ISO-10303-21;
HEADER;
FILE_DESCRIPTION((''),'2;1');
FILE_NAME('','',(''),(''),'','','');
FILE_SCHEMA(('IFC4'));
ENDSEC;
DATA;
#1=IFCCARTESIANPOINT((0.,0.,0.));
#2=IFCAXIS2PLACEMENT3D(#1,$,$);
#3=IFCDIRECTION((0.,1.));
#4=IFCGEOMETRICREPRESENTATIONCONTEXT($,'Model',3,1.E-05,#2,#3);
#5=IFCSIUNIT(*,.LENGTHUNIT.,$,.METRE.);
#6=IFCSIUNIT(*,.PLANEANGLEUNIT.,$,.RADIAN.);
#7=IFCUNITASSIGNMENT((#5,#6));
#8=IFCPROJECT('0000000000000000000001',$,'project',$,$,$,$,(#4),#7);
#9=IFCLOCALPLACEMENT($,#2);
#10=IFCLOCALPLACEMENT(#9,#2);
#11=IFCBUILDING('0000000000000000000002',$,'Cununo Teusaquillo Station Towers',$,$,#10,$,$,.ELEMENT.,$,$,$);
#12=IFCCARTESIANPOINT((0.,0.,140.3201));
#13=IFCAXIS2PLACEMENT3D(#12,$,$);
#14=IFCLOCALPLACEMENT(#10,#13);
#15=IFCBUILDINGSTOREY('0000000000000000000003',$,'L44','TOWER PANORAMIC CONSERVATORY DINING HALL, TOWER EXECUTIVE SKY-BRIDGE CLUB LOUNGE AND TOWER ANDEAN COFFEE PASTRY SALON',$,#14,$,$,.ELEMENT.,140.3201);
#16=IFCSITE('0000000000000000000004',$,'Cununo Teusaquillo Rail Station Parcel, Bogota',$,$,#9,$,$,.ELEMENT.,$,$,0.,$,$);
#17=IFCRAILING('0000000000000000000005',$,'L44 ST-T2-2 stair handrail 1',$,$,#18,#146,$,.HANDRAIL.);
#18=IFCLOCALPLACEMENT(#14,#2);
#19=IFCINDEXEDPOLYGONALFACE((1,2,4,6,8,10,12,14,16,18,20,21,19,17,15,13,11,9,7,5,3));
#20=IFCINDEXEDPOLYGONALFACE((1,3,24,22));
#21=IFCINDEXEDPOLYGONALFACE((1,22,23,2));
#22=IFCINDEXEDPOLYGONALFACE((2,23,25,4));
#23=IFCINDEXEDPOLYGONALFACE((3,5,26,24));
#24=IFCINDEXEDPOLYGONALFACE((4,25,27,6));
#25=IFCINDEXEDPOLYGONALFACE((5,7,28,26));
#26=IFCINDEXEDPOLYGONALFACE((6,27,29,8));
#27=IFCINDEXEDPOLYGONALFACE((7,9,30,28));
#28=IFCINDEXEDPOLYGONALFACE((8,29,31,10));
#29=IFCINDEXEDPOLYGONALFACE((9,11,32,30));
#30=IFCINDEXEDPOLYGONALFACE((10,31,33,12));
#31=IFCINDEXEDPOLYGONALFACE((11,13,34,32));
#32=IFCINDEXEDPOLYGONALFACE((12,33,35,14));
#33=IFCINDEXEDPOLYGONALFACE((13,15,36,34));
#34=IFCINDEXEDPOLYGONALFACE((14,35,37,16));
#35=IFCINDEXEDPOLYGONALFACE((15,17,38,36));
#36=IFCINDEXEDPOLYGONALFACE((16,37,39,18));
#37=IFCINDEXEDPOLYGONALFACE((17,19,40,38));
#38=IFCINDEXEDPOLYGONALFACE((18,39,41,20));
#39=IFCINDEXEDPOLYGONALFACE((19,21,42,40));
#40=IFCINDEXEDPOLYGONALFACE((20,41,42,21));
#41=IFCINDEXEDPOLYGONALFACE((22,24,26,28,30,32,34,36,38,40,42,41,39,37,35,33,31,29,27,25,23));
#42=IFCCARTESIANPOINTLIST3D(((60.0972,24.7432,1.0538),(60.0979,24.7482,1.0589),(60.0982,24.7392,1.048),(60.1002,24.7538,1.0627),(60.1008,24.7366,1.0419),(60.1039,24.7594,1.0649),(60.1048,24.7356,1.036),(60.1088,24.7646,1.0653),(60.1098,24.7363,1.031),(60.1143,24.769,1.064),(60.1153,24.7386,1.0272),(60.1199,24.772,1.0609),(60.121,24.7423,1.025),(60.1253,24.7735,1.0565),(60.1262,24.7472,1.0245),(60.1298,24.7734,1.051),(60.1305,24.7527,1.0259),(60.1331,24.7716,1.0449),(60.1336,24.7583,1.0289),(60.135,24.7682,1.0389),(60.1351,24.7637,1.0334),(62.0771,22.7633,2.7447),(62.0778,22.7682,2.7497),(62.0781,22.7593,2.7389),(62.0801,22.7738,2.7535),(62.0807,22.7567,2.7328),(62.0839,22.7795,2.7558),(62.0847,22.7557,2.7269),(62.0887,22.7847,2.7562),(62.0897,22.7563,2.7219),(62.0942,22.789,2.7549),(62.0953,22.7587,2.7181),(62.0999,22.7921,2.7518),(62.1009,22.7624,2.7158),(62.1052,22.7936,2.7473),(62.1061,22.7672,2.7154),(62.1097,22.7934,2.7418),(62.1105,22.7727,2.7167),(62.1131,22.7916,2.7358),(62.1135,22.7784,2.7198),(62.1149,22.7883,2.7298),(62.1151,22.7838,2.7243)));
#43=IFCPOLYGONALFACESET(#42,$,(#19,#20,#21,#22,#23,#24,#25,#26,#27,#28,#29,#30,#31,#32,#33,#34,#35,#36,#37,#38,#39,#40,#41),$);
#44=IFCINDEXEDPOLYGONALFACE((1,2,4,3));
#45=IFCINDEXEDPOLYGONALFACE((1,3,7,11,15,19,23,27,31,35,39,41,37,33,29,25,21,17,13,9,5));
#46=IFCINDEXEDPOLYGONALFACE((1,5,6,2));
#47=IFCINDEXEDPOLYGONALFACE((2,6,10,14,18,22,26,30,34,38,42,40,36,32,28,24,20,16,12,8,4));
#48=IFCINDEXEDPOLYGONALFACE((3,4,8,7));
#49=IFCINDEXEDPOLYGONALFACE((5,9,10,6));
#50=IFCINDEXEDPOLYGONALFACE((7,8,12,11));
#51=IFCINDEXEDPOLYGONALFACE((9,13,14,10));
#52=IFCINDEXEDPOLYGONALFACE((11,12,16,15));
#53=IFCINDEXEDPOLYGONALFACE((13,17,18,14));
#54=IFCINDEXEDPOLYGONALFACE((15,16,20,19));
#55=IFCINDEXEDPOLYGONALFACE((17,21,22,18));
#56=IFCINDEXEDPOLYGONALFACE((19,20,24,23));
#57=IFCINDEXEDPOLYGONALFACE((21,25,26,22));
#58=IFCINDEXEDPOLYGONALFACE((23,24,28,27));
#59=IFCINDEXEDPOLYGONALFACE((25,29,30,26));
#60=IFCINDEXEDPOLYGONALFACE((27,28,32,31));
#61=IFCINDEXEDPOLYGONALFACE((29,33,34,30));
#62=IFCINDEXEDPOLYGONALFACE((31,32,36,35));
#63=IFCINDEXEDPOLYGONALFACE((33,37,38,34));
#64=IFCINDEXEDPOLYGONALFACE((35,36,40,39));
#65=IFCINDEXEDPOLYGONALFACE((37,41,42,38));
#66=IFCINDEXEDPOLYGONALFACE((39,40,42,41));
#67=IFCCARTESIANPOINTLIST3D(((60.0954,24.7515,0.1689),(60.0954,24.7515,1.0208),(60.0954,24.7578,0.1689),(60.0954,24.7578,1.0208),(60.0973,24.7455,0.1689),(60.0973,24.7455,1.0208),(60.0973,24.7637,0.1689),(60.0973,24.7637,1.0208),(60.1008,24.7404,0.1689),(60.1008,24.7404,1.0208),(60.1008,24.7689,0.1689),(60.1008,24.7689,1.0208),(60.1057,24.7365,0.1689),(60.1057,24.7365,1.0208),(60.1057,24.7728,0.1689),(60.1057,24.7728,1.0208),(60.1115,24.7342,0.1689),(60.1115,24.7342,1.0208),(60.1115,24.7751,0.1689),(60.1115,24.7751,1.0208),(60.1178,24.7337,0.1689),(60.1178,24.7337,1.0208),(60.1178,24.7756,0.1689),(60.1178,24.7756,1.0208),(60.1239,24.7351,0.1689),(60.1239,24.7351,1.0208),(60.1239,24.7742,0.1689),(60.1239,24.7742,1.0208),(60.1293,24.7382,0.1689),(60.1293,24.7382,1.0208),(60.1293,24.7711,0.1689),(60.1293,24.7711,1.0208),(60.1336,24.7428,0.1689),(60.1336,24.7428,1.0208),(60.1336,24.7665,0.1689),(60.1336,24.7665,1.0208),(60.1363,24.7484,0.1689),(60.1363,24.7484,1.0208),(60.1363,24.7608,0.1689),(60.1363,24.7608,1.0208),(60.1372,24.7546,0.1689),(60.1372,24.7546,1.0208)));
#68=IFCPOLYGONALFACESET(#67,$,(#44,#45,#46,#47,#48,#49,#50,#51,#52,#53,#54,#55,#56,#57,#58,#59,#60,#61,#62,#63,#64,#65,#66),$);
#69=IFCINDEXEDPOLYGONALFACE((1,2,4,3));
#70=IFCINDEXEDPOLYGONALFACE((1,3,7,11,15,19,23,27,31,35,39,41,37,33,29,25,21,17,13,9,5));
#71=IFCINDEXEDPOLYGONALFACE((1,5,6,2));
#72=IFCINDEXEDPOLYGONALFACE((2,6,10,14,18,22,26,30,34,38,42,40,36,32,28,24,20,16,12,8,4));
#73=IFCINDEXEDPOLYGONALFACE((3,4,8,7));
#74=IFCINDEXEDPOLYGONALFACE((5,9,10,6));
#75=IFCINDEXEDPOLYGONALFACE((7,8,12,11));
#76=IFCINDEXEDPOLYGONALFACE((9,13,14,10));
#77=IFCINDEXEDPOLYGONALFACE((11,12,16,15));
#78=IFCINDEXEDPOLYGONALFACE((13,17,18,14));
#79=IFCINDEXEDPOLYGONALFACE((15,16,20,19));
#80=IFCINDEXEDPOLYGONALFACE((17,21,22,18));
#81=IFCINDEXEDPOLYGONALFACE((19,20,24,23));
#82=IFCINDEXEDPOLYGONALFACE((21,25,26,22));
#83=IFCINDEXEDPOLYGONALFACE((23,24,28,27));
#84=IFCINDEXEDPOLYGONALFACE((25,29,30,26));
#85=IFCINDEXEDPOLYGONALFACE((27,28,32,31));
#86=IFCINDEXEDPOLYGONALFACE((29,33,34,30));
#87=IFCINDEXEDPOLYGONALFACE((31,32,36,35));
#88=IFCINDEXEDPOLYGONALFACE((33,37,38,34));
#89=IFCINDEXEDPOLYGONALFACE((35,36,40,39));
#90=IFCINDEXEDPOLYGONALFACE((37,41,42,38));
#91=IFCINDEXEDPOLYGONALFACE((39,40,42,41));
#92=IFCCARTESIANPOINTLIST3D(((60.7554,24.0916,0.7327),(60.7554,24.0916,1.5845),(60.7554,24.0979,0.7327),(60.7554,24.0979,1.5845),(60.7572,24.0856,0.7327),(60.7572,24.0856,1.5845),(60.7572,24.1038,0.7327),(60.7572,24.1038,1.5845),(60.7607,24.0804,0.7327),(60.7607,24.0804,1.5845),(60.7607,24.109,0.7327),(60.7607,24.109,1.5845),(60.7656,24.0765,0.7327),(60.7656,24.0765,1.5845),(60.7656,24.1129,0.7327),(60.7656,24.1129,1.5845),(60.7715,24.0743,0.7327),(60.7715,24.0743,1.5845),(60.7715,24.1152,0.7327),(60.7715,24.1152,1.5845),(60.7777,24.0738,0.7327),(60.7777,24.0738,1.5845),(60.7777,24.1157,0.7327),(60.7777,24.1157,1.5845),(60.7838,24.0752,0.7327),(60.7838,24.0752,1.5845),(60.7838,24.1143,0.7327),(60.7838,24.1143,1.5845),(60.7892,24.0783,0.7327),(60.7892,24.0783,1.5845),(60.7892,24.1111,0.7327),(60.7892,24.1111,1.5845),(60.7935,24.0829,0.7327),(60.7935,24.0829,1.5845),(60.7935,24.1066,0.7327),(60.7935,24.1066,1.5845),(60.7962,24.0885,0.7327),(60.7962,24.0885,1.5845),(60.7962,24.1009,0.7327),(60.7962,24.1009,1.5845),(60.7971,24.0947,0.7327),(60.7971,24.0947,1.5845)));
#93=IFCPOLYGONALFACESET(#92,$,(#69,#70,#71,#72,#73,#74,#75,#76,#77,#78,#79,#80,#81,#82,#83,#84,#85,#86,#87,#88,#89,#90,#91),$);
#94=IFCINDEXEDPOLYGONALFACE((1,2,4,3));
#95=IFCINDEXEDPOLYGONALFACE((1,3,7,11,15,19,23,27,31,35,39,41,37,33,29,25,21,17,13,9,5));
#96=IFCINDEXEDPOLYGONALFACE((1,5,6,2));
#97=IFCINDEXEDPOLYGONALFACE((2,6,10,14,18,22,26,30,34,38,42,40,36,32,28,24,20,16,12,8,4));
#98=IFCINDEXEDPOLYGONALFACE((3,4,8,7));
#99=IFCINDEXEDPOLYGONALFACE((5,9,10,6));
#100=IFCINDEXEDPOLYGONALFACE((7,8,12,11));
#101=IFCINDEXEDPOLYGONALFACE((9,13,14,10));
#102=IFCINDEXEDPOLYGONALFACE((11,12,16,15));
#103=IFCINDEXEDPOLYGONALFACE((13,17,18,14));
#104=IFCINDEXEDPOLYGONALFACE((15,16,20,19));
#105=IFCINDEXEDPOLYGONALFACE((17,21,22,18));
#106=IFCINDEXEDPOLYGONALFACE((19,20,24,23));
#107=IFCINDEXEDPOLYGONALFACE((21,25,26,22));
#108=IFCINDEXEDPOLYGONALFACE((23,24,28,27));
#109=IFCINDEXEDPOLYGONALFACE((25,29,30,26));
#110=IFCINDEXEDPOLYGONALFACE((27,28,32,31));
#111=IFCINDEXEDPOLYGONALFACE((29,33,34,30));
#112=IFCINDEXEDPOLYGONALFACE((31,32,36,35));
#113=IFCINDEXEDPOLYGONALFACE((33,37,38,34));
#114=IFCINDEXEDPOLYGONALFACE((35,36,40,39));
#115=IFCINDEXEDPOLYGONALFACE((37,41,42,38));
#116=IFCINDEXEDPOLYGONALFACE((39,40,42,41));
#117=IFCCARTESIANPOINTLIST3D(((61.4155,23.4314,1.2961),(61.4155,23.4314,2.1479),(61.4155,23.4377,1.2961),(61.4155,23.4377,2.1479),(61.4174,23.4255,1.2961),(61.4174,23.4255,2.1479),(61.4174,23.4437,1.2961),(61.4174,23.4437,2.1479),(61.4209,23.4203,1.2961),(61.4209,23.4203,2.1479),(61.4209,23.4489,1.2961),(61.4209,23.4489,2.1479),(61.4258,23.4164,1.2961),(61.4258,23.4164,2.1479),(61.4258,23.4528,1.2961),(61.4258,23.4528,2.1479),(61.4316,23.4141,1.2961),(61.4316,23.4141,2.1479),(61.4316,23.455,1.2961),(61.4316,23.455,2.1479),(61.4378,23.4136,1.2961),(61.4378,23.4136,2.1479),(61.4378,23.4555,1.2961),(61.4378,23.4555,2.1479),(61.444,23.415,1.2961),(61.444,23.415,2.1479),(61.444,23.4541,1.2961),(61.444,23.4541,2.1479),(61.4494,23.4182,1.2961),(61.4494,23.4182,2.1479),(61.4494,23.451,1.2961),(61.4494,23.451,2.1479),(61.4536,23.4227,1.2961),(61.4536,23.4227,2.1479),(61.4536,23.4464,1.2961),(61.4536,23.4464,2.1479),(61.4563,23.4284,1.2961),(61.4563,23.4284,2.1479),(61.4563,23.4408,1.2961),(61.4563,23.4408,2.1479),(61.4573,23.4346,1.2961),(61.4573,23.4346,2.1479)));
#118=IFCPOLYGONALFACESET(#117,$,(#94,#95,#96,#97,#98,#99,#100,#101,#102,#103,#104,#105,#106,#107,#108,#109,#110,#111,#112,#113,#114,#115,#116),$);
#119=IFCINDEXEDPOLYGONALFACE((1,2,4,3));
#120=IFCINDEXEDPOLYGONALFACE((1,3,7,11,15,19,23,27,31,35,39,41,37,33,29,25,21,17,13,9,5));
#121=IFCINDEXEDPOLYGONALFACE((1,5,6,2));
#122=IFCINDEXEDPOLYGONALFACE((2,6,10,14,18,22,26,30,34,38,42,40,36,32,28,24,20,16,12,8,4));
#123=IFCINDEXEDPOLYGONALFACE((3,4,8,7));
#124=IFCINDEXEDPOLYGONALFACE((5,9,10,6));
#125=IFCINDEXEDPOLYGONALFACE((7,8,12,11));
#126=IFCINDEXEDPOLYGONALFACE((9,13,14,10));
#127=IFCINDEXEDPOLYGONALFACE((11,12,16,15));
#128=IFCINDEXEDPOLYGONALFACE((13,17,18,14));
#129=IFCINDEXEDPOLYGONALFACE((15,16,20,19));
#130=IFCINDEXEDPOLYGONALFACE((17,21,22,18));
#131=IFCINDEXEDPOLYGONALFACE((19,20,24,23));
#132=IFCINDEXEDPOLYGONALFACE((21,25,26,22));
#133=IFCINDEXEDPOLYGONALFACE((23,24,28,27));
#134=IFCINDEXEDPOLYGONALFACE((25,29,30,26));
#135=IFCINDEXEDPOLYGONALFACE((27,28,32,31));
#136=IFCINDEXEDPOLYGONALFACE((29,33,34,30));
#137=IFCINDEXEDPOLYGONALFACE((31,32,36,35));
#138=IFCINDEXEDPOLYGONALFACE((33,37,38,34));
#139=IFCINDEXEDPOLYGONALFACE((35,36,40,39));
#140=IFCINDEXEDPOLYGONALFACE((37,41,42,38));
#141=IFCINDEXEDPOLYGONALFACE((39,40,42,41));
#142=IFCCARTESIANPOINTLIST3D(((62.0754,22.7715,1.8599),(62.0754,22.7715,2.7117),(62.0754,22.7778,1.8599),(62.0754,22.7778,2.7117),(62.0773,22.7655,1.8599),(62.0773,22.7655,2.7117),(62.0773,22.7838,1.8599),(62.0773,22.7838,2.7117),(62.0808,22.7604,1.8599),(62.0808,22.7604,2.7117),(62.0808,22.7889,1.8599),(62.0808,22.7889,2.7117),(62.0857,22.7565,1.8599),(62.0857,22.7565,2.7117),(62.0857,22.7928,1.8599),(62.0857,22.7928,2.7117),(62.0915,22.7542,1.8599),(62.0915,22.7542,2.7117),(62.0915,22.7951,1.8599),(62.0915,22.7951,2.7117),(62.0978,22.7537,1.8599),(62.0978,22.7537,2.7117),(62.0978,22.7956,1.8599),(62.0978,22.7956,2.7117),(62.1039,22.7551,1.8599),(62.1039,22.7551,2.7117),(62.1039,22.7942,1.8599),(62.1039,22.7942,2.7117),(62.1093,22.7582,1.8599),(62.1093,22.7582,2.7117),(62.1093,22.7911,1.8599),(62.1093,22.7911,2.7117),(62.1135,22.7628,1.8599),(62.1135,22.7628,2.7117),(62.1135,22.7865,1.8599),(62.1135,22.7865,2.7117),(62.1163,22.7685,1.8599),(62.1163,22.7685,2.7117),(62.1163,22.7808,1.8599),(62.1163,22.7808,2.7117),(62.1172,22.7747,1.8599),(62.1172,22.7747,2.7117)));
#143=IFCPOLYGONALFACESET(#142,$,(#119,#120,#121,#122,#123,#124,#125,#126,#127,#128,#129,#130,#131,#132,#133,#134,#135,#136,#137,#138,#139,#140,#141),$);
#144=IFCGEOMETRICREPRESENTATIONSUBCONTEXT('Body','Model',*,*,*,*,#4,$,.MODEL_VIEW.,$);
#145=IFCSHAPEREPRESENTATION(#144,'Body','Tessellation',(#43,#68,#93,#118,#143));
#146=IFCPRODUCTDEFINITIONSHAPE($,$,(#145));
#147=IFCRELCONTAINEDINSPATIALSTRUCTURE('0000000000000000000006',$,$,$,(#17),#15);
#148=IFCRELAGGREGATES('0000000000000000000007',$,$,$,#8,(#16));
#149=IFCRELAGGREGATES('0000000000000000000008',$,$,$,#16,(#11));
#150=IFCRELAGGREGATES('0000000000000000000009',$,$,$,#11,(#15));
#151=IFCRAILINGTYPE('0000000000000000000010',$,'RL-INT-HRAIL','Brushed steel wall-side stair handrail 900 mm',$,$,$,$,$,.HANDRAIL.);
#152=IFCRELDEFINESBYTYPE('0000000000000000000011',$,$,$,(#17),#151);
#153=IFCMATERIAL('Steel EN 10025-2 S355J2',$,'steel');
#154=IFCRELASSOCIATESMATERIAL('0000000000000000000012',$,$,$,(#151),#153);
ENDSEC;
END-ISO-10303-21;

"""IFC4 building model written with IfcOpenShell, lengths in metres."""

from ifc_helpers import new_model, si_unit, direction, frame, origin, origin_2d, place, context, subcontext, project, spatial, circle, extrude, material, type_object, element, save


model = new_model("IFC4")

# Units and contexts
model_context = context("Model", 3, precision=1e-05, world=origin(), true_north=direction((0.0, 1.0)))
body_context = subcontext(model_context, "Body", "Model", "MODEL_VIEW")
ifc_project = project(units=[si_unit("LENGTHUNIT", "METRE"), si_unit("PLANEANGLEUNIT", "RADIAN")], contexts=[model_context])

# Site, building, storey
site_placement = place(None, origin())
site = spatial("IfcSite", under=ifc_project, at=site_placement, Name="Cununo Teusaquillo Rail Station Parcel, Bogota", CompositionType="ELEMENT", RefElevation=0.0)
building_placement = place(site_placement, origin())
building = spatial("IfcBuilding", under=site, at=building_placement, Name="Cununo Teusaquillo Station Towers", CompositionType="ELEMENT")
storey_placement = place(building_placement, frame((0.0, 0.0, 140.3201)))
storey = spatial("IfcBuildingStorey", under=building, at=storey_placement, Name="L44", Description="TOWER PANORAMIC CONSERVATORY DINING HALL, TOWER EXECUTIVE SKY-BRIDGE CLUB LOUNGE AND TOWER ANDEAN COFFEE PASTRY SALON", CompositionType="ELEMENT", Elevation=140.3201)

# Railing
ifc_material_1 = material(Name="Steel EN 10025-2 S355J2", Category="steel")
railing_type_1 = type_object("IfcRailingType", Name="RL-INT-HRAIL", Description="Brushed steel wall-side stair handrail 900 mm", PredefinedType="HANDRAIL", material=ifc_material_1)
railing_1_placement = place(storey_placement, frame((60.1162, 24.7546, 0.1689)))
element("IfcRailing", 1, at=railing_1_placement, inside=storey, type_object=railing_type_1, Name="L44 ST-T2-2 stair handrail 1", PredefinedType="HANDRAIL", context=body_context, shape_type="SweptSolid", body=[
    extrude(circle(Radius=0.0239, at=origin_2d()), frame((0.0, 0.0, 0.876), z_axis=(0.605302, -0.605302, 0.516932), x_axis=(0.707107, 0.707107, 0.0)), (0.0, 0.0, 1.0), 3.271),
    extrude(circle(Radius=0.021, at=origin_2d()), origin(), (0.0, 0.0, 1.0), 0.8518),
    extrude(circle(Radius=0.021, at=origin_2d()), frame((0.6599, -0.6599, 0.5637)), (0.0, 0.0, 1.0), 0.8518),
    extrude(circle(Radius=0.021, at=origin_2d()), frame((1.3201, -1.3201, 1.1272)), (0.0, 0.0, 1.0), 0.8518),
    extrude(circle(Radius=0.021, at=origin_2d()), frame((1.98, -1.98, 1.6909)), (0.0, 0.0, 1.0), 0.8518),
])

save(model, "model.ifc")
